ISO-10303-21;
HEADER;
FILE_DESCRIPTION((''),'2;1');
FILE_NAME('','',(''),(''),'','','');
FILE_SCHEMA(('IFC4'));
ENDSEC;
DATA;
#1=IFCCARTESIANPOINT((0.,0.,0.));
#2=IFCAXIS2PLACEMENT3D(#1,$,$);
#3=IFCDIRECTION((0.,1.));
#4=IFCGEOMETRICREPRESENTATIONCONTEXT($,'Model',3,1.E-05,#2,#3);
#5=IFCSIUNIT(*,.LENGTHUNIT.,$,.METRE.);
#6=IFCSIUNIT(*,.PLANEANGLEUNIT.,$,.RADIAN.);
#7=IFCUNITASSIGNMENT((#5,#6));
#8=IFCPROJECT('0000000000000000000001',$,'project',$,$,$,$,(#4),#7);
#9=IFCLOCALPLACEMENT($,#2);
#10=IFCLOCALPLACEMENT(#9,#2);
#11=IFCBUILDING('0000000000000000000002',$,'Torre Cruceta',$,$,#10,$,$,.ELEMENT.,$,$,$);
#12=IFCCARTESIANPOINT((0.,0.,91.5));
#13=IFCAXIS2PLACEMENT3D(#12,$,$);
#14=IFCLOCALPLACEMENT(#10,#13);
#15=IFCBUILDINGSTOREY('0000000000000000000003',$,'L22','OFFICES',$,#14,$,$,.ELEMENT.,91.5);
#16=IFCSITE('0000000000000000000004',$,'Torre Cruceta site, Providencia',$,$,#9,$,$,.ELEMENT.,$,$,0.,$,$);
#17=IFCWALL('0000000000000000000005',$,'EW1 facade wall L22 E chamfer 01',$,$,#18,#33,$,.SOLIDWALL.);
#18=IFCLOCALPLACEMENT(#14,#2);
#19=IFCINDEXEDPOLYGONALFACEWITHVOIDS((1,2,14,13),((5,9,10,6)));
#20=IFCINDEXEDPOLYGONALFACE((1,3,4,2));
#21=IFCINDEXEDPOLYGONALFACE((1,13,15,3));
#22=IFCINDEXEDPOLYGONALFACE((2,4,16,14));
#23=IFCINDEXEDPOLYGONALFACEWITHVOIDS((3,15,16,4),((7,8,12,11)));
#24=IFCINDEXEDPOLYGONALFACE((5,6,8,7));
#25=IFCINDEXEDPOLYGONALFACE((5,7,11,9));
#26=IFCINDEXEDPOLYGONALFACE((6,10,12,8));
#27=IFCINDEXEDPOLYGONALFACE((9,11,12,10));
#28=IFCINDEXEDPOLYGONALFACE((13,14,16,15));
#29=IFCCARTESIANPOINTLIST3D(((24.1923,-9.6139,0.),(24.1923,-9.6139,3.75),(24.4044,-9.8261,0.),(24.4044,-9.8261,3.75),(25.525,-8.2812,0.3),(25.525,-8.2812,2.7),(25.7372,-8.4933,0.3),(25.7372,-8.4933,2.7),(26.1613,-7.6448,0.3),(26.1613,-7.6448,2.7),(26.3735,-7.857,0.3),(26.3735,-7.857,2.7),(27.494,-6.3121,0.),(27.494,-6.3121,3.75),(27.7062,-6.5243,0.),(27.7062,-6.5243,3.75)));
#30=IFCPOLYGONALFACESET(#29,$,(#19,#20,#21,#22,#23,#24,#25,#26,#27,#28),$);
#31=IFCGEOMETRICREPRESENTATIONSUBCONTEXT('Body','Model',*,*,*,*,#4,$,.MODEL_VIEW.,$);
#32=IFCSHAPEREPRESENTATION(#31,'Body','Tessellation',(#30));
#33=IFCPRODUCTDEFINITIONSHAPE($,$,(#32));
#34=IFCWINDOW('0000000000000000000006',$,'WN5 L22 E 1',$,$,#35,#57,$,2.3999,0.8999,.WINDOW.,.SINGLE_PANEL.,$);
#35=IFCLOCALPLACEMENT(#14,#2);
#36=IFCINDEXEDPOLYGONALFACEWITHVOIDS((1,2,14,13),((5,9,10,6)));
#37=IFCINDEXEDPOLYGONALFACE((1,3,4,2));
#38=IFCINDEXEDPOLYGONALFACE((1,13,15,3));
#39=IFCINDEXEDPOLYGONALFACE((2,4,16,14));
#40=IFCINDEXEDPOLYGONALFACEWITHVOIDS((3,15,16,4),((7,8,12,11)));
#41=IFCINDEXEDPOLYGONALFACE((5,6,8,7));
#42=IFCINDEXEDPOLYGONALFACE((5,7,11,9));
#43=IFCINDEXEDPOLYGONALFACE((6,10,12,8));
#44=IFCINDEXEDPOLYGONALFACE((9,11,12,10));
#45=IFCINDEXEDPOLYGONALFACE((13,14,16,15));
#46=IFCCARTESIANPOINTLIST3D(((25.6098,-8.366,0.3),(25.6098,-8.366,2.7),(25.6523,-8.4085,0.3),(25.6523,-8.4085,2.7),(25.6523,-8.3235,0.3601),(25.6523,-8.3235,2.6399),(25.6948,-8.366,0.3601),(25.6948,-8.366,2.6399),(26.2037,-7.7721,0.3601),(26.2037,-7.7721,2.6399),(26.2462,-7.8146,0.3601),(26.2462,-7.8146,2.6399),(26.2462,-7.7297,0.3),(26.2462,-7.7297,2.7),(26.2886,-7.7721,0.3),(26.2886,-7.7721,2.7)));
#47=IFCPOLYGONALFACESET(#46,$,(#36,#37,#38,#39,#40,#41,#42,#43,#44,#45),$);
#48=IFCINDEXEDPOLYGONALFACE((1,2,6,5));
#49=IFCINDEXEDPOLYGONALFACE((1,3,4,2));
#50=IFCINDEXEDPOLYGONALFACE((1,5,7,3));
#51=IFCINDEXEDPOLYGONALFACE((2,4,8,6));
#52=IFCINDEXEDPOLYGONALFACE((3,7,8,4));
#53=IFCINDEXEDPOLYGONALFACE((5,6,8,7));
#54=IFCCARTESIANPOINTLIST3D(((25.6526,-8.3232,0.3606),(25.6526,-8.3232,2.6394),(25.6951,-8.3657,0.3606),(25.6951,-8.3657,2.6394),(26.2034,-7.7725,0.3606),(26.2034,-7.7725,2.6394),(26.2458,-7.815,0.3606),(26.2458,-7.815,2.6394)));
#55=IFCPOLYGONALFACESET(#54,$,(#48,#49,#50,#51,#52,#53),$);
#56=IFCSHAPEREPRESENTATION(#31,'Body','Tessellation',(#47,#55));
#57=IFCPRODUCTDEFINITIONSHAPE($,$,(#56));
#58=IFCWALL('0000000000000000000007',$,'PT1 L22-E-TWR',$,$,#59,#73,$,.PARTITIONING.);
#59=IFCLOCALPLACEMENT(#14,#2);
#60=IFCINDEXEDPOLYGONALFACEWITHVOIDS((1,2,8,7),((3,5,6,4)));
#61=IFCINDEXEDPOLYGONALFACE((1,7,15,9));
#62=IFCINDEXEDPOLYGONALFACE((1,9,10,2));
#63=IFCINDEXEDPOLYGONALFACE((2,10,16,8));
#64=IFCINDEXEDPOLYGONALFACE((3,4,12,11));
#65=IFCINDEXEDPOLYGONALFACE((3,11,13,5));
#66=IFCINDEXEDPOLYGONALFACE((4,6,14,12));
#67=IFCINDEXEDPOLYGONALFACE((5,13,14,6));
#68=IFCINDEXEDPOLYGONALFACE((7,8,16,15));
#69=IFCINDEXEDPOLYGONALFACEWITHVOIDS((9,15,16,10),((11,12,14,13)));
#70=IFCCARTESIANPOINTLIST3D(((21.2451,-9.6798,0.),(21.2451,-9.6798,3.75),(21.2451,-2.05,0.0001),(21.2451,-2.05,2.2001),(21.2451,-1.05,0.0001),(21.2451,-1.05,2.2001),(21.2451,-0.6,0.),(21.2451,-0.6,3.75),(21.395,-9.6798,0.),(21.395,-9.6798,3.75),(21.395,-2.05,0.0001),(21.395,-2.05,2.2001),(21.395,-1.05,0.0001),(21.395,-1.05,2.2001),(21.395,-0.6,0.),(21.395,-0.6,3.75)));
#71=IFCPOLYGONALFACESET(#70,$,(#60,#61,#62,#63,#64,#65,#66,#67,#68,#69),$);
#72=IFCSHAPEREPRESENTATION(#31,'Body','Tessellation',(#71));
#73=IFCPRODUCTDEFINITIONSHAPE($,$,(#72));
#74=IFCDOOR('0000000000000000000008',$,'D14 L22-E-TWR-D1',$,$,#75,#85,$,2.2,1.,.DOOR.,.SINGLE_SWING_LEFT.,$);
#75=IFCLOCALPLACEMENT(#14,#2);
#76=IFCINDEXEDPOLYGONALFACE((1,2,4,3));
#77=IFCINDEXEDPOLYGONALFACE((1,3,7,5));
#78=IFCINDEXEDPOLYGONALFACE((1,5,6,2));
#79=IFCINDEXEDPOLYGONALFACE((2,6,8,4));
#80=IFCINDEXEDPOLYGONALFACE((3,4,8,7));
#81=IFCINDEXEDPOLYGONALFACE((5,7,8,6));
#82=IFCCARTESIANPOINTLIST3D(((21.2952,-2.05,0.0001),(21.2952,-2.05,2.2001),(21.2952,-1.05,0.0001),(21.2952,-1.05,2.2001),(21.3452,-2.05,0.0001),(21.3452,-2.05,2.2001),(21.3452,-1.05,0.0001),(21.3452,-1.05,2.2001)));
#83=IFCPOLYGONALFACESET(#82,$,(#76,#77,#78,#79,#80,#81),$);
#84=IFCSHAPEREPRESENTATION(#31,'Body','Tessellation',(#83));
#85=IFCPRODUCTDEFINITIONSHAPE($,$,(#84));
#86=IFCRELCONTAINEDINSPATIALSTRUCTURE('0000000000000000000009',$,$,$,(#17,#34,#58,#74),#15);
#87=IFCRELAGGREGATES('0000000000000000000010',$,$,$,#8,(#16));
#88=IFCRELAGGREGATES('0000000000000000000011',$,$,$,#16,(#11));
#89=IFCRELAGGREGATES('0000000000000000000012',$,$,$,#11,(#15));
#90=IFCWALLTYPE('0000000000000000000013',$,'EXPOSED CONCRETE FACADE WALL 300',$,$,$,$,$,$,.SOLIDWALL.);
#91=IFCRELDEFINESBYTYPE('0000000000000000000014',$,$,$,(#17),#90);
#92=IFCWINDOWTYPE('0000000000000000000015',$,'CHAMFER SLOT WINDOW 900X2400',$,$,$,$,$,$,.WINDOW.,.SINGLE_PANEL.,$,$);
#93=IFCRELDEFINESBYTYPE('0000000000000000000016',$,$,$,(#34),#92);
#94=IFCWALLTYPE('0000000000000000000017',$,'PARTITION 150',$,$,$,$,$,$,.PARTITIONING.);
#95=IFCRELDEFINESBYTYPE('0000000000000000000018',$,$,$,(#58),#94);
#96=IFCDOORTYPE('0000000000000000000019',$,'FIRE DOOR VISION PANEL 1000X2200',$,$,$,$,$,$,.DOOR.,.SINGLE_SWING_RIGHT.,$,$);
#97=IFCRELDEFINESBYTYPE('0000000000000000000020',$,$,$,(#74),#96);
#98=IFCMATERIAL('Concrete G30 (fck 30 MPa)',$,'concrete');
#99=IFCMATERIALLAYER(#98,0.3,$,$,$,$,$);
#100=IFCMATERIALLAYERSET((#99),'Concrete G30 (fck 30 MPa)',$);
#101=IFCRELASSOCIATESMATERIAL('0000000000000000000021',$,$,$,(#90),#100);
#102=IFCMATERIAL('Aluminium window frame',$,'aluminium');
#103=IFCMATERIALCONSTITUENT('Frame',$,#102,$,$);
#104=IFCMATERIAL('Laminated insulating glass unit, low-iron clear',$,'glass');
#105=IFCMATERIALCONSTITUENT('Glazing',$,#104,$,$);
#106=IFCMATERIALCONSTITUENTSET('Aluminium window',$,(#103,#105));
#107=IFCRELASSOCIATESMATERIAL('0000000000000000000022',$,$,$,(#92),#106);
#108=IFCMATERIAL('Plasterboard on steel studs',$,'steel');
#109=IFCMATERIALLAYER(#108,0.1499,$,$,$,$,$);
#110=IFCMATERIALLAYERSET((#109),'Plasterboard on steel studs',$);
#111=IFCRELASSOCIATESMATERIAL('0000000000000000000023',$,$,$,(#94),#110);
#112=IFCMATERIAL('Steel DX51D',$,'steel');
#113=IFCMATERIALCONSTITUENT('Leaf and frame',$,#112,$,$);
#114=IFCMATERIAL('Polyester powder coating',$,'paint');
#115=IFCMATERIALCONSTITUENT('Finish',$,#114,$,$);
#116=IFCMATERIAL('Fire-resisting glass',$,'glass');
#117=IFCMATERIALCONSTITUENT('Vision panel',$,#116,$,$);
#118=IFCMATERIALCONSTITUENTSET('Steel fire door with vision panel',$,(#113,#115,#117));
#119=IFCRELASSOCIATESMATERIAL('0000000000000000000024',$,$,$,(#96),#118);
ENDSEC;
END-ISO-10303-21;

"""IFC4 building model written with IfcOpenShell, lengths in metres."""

from ifc_helpers import new_model, si_unit, direction, frame, frame_2d, origin, place, context, subcontext, project, spatial, rectangle, hollow_rectangle, extrude, material, layer, layer_set, constituent, constituent_set, type_object, element, fill, save


model = new_model("IFC4")

# Units and contexts
model_context = context("Model", 3, precision=1e-05, world=origin(), true_north=direction((0.0, 1.0)))
body_context = subcontext(model_context, "Body", "Model", "MODEL_VIEW")
ifc_project = project(units=[si_unit("LENGTHUNIT", "METRE"), si_unit("PLANEANGLEUNIT", "RADIAN")], contexts=[model_context])

# Site, building, storey
site_placement = place(None, origin())
site = spatial("IfcSite", under=ifc_project, at=site_placement, Name="Torre Cruceta site, Providencia", CompositionType="ELEMENT", RefElevation=0.0)
building_placement = place(site_placement, origin())
building = spatial("IfcBuilding", under=site, at=building_placement, Name="Torre Cruceta", CompositionType="ELEMENT")
storey_placement = place(building_placement, frame((0.0, 0.0, 91.5)))
storey = spatial("IfcBuildingStorey", under=building, at=storey_placement, Name="L22", Description="OFFICES", CompositionType="ELEMENT", Elevation=91.5)

# Wall, opening, window
ifc_material_1 = material(Name="Concrete G30 (fck 30 MPa)", Category="concrete")
ifc_layer_1 = layer(ifc_material_1, 0.3)
ifc_layer_set_1 = layer_set([ifc_layer_1], Name="Concrete G30 (fck 30 MPa)")
wall_type_1 = type_object("IfcWallType", Name="EXPOSED CONCRETE FACADE WALL 300", PredefinedType="SOLIDWALL", material=ifc_layer_set_1)
wall_1_placement = place(storey_placement, frame((24.2983, -9.72, 0.0), z_axis=(0.0, 0.0, 1.0), x_axis=(0.707107, 0.707107, 0.0)))
wall_1 = element("IfcWall", 1, at=wall_1_placement, inside=storey, type_object=wall_type_1, Name="EW1 facade wall L22 E chamfer 01", PredefinedType="SOLIDWALL", context=body_context, shape_type="SweptSolid", body=[
    extrude(rectangle(XDim=4.6694, YDim=0.3, at=frame_2d((2.3347, 0.0))), origin(), (0.0, 0.0, 1.0), 3.75),
])
opening_1_placement = place(wall_1_placement, frame((1.8848, 0.0, 0.3)))
opening_1 = element("IfcOpeningElement", 2, at=opening_1_placement, cuts=wall_1, PredefinedType="OPENING", context=body_context, shape_type="SweptSolid", body=[
    extrude(rectangle(XDim=0.8999, YDim=2.3999, at=frame_2d((0.45, 1.2))), frame((0.0, 0.1599, 0.0), z_axis=(0.0, -1.0, 0.0), x_axis=(1.0, 0.0, 0.0)), (0.0, 0.0, 1.0), 0.3201),
])
ifc_material_2 = material(Name="Aluminium window frame", Category="aluminium")
ifc_constituent_1 = constituent(ifc_material_2, Name="Frame")
ifc_material_3 = material(Name="Laminated insulating glass unit, low-iron clear", Category="glass")
ifc_constituent_2 = constituent(ifc_material_3, Name="Glazing")
ifc_constituent_set_1 = constituent_set(constituents=[ifc_constituent_1, ifc_constituent_2], Name="Aluminium window")
window_type = type_object("IfcWindowType", Name="CHAMFER SLOT WINDOW 900X2400", PartitioningType="SINGLE_PANEL", PredefinedType="WINDOW", material=ifc_constituent_set_1)
window_placement = place(opening_1_placement, origin())
window = element("IfcWindow", 3, at=window_placement, inside=storey, type_object=window_type, Name="WN5 L22 E 1", OverallHeight=2.3999, OverallWidth=0.8999, PartitioningType="SINGLE_PANEL", PredefinedType="WINDOW", context=body_context, shape_type="SweptSolid", body=[
    extrude(hollow_rectangle(XDim=0.8999, YDim=2.3999, WallThickness=0.0601, at=frame_2d((0.45, 1.2))), frame((0.0, 0.03, 0.0), z_axis=(0.0, -1.0, 0.0), x_axis=(1.0, 0.0, 0.0)), (0.0, 0.0, 1.0), 0.0601),
    extrude(rectangle(XDim=0.7788, YDim=2.2788, at=frame_2d((0.45, 1.2))), frame((0.0, 0.03, 0.0), z_axis=(0.0, -1.0, 0.0), x_axis=(1.0, 0.0, 0.0)), (0.0, 0.0, 1.0), 0.0601),
])
fill(opening_1, window)

# Wall, opening, door
ifc_material_4 = material(Name="Plasterboard on steel studs", Category="steel")
ifc_layer_2 = layer(ifc_material_4, 0.1499)
ifc_layer_set_2 = layer_set([ifc_layer_2], Name="Plasterboard on steel studs")
wall_type_2 = type_object("IfcWallType", Name="PARTITION 150", PredefinedType="PARTITIONING", material=ifc_layer_set_2)
wall_2_placement = place(storey_placement, frame((21.3201, -9.6799, 0.0), z_axis=(0.0, 0.0, 1.0), x_axis=(0.0, 1.0, 0.0)))
wall_2 = element("IfcWall", 4, at=wall_2_placement, inside=storey, type_object=wall_type_2, Name="PT1 L22-E-TWR", PredefinedType="PARTITIONING", context=body_context, shape_type="SweptSolid", body=[
    extrude(rectangle(XDim=9.0798, YDim=0.1499, at=frame_2d((4.54, 0.0))), origin(), (0.0, 0.0, 1.0), 3.75),
])
opening_2_placement = place(wall_2_placement, frame((7.6299, 0.0, 0.0)))
opening_2 = element("IfcOpeningElement", 5, at=opening_2_placement, cuts=wall_2, PredefinedType="OPENING", context=body_context, shape_type="SweptSolid", body=[
    extrude(rectangle(XDim=1.0, YDim=2.2, at=frame_2d((0.5, 1.1001))), frame((0.0, 0.085, 0.0), z_axis=(0.0, -1.0, 0.0), x_axis=(1.0, 0.0, 0.0)), (0.0, 0.0, 1.0), 0.1699),
])
ifc_material_5 = material(Name="Steel DX51D", Category="steel")
ifc_constituent_3 = constituent(ifc_material_5, Name="Leaf and frame")
ifc_material_6 = material(Name="Polyester powder coating", Category="paint")
ifc_constituent_4 = constituent(ifc_material_6, Name="Finish")
ifc_material_7 = material(Name="Fire-resisting glass", Category="glass")
ifc_constituent_5 = constituent(ifc_material_7, Name="Vision panel")
ifc_constituent_set_2 = constituent_set(constituents=[ifc_constituent_3, ifc_constituent_4, ifc_constituent_5], Name="Steel fire door with vision panel")
door_type = type_object("IfcDoorType", Name="FIRE DOOR VISION PANEL 1000X2200", OperationType="SINGLE_SWING_RIGHT", PredefinedType="DOOR", material=ifc_constituent_set_2)
door_placement = place(opening_2_placement, frame((1.0, 0.0, 0.0), z_axis=(0.0, 0.0, 1.0), x_axis=(-1.0, 0.0, 0.0)))
door = element("IfcDoor", 6, at=door_placement, inside=storey, type_object=door_type, Name="D14 L22-E-TWR-D1", OperationType="SINGLE_SWING_LEFT", OverallHeight=2.2, OverallWidth=1.0, PredefinedType="DOOR", context=body_context, shape_type="SweptSolid", body=[
    extrude(rectangle(XDim=1.0, YDim=2.2, at=frame_2d((0.5, 1.1001))), frame((0.0, 0.0251, 0.0), z_axis=(0.0, -1.0, 0.0), x_axis=(1.0, 0.0, 0.0)), (0.0, 0.0, 1.0), 0.05),
])
fill(opening_2, door)

save(model, "model.ifc")
